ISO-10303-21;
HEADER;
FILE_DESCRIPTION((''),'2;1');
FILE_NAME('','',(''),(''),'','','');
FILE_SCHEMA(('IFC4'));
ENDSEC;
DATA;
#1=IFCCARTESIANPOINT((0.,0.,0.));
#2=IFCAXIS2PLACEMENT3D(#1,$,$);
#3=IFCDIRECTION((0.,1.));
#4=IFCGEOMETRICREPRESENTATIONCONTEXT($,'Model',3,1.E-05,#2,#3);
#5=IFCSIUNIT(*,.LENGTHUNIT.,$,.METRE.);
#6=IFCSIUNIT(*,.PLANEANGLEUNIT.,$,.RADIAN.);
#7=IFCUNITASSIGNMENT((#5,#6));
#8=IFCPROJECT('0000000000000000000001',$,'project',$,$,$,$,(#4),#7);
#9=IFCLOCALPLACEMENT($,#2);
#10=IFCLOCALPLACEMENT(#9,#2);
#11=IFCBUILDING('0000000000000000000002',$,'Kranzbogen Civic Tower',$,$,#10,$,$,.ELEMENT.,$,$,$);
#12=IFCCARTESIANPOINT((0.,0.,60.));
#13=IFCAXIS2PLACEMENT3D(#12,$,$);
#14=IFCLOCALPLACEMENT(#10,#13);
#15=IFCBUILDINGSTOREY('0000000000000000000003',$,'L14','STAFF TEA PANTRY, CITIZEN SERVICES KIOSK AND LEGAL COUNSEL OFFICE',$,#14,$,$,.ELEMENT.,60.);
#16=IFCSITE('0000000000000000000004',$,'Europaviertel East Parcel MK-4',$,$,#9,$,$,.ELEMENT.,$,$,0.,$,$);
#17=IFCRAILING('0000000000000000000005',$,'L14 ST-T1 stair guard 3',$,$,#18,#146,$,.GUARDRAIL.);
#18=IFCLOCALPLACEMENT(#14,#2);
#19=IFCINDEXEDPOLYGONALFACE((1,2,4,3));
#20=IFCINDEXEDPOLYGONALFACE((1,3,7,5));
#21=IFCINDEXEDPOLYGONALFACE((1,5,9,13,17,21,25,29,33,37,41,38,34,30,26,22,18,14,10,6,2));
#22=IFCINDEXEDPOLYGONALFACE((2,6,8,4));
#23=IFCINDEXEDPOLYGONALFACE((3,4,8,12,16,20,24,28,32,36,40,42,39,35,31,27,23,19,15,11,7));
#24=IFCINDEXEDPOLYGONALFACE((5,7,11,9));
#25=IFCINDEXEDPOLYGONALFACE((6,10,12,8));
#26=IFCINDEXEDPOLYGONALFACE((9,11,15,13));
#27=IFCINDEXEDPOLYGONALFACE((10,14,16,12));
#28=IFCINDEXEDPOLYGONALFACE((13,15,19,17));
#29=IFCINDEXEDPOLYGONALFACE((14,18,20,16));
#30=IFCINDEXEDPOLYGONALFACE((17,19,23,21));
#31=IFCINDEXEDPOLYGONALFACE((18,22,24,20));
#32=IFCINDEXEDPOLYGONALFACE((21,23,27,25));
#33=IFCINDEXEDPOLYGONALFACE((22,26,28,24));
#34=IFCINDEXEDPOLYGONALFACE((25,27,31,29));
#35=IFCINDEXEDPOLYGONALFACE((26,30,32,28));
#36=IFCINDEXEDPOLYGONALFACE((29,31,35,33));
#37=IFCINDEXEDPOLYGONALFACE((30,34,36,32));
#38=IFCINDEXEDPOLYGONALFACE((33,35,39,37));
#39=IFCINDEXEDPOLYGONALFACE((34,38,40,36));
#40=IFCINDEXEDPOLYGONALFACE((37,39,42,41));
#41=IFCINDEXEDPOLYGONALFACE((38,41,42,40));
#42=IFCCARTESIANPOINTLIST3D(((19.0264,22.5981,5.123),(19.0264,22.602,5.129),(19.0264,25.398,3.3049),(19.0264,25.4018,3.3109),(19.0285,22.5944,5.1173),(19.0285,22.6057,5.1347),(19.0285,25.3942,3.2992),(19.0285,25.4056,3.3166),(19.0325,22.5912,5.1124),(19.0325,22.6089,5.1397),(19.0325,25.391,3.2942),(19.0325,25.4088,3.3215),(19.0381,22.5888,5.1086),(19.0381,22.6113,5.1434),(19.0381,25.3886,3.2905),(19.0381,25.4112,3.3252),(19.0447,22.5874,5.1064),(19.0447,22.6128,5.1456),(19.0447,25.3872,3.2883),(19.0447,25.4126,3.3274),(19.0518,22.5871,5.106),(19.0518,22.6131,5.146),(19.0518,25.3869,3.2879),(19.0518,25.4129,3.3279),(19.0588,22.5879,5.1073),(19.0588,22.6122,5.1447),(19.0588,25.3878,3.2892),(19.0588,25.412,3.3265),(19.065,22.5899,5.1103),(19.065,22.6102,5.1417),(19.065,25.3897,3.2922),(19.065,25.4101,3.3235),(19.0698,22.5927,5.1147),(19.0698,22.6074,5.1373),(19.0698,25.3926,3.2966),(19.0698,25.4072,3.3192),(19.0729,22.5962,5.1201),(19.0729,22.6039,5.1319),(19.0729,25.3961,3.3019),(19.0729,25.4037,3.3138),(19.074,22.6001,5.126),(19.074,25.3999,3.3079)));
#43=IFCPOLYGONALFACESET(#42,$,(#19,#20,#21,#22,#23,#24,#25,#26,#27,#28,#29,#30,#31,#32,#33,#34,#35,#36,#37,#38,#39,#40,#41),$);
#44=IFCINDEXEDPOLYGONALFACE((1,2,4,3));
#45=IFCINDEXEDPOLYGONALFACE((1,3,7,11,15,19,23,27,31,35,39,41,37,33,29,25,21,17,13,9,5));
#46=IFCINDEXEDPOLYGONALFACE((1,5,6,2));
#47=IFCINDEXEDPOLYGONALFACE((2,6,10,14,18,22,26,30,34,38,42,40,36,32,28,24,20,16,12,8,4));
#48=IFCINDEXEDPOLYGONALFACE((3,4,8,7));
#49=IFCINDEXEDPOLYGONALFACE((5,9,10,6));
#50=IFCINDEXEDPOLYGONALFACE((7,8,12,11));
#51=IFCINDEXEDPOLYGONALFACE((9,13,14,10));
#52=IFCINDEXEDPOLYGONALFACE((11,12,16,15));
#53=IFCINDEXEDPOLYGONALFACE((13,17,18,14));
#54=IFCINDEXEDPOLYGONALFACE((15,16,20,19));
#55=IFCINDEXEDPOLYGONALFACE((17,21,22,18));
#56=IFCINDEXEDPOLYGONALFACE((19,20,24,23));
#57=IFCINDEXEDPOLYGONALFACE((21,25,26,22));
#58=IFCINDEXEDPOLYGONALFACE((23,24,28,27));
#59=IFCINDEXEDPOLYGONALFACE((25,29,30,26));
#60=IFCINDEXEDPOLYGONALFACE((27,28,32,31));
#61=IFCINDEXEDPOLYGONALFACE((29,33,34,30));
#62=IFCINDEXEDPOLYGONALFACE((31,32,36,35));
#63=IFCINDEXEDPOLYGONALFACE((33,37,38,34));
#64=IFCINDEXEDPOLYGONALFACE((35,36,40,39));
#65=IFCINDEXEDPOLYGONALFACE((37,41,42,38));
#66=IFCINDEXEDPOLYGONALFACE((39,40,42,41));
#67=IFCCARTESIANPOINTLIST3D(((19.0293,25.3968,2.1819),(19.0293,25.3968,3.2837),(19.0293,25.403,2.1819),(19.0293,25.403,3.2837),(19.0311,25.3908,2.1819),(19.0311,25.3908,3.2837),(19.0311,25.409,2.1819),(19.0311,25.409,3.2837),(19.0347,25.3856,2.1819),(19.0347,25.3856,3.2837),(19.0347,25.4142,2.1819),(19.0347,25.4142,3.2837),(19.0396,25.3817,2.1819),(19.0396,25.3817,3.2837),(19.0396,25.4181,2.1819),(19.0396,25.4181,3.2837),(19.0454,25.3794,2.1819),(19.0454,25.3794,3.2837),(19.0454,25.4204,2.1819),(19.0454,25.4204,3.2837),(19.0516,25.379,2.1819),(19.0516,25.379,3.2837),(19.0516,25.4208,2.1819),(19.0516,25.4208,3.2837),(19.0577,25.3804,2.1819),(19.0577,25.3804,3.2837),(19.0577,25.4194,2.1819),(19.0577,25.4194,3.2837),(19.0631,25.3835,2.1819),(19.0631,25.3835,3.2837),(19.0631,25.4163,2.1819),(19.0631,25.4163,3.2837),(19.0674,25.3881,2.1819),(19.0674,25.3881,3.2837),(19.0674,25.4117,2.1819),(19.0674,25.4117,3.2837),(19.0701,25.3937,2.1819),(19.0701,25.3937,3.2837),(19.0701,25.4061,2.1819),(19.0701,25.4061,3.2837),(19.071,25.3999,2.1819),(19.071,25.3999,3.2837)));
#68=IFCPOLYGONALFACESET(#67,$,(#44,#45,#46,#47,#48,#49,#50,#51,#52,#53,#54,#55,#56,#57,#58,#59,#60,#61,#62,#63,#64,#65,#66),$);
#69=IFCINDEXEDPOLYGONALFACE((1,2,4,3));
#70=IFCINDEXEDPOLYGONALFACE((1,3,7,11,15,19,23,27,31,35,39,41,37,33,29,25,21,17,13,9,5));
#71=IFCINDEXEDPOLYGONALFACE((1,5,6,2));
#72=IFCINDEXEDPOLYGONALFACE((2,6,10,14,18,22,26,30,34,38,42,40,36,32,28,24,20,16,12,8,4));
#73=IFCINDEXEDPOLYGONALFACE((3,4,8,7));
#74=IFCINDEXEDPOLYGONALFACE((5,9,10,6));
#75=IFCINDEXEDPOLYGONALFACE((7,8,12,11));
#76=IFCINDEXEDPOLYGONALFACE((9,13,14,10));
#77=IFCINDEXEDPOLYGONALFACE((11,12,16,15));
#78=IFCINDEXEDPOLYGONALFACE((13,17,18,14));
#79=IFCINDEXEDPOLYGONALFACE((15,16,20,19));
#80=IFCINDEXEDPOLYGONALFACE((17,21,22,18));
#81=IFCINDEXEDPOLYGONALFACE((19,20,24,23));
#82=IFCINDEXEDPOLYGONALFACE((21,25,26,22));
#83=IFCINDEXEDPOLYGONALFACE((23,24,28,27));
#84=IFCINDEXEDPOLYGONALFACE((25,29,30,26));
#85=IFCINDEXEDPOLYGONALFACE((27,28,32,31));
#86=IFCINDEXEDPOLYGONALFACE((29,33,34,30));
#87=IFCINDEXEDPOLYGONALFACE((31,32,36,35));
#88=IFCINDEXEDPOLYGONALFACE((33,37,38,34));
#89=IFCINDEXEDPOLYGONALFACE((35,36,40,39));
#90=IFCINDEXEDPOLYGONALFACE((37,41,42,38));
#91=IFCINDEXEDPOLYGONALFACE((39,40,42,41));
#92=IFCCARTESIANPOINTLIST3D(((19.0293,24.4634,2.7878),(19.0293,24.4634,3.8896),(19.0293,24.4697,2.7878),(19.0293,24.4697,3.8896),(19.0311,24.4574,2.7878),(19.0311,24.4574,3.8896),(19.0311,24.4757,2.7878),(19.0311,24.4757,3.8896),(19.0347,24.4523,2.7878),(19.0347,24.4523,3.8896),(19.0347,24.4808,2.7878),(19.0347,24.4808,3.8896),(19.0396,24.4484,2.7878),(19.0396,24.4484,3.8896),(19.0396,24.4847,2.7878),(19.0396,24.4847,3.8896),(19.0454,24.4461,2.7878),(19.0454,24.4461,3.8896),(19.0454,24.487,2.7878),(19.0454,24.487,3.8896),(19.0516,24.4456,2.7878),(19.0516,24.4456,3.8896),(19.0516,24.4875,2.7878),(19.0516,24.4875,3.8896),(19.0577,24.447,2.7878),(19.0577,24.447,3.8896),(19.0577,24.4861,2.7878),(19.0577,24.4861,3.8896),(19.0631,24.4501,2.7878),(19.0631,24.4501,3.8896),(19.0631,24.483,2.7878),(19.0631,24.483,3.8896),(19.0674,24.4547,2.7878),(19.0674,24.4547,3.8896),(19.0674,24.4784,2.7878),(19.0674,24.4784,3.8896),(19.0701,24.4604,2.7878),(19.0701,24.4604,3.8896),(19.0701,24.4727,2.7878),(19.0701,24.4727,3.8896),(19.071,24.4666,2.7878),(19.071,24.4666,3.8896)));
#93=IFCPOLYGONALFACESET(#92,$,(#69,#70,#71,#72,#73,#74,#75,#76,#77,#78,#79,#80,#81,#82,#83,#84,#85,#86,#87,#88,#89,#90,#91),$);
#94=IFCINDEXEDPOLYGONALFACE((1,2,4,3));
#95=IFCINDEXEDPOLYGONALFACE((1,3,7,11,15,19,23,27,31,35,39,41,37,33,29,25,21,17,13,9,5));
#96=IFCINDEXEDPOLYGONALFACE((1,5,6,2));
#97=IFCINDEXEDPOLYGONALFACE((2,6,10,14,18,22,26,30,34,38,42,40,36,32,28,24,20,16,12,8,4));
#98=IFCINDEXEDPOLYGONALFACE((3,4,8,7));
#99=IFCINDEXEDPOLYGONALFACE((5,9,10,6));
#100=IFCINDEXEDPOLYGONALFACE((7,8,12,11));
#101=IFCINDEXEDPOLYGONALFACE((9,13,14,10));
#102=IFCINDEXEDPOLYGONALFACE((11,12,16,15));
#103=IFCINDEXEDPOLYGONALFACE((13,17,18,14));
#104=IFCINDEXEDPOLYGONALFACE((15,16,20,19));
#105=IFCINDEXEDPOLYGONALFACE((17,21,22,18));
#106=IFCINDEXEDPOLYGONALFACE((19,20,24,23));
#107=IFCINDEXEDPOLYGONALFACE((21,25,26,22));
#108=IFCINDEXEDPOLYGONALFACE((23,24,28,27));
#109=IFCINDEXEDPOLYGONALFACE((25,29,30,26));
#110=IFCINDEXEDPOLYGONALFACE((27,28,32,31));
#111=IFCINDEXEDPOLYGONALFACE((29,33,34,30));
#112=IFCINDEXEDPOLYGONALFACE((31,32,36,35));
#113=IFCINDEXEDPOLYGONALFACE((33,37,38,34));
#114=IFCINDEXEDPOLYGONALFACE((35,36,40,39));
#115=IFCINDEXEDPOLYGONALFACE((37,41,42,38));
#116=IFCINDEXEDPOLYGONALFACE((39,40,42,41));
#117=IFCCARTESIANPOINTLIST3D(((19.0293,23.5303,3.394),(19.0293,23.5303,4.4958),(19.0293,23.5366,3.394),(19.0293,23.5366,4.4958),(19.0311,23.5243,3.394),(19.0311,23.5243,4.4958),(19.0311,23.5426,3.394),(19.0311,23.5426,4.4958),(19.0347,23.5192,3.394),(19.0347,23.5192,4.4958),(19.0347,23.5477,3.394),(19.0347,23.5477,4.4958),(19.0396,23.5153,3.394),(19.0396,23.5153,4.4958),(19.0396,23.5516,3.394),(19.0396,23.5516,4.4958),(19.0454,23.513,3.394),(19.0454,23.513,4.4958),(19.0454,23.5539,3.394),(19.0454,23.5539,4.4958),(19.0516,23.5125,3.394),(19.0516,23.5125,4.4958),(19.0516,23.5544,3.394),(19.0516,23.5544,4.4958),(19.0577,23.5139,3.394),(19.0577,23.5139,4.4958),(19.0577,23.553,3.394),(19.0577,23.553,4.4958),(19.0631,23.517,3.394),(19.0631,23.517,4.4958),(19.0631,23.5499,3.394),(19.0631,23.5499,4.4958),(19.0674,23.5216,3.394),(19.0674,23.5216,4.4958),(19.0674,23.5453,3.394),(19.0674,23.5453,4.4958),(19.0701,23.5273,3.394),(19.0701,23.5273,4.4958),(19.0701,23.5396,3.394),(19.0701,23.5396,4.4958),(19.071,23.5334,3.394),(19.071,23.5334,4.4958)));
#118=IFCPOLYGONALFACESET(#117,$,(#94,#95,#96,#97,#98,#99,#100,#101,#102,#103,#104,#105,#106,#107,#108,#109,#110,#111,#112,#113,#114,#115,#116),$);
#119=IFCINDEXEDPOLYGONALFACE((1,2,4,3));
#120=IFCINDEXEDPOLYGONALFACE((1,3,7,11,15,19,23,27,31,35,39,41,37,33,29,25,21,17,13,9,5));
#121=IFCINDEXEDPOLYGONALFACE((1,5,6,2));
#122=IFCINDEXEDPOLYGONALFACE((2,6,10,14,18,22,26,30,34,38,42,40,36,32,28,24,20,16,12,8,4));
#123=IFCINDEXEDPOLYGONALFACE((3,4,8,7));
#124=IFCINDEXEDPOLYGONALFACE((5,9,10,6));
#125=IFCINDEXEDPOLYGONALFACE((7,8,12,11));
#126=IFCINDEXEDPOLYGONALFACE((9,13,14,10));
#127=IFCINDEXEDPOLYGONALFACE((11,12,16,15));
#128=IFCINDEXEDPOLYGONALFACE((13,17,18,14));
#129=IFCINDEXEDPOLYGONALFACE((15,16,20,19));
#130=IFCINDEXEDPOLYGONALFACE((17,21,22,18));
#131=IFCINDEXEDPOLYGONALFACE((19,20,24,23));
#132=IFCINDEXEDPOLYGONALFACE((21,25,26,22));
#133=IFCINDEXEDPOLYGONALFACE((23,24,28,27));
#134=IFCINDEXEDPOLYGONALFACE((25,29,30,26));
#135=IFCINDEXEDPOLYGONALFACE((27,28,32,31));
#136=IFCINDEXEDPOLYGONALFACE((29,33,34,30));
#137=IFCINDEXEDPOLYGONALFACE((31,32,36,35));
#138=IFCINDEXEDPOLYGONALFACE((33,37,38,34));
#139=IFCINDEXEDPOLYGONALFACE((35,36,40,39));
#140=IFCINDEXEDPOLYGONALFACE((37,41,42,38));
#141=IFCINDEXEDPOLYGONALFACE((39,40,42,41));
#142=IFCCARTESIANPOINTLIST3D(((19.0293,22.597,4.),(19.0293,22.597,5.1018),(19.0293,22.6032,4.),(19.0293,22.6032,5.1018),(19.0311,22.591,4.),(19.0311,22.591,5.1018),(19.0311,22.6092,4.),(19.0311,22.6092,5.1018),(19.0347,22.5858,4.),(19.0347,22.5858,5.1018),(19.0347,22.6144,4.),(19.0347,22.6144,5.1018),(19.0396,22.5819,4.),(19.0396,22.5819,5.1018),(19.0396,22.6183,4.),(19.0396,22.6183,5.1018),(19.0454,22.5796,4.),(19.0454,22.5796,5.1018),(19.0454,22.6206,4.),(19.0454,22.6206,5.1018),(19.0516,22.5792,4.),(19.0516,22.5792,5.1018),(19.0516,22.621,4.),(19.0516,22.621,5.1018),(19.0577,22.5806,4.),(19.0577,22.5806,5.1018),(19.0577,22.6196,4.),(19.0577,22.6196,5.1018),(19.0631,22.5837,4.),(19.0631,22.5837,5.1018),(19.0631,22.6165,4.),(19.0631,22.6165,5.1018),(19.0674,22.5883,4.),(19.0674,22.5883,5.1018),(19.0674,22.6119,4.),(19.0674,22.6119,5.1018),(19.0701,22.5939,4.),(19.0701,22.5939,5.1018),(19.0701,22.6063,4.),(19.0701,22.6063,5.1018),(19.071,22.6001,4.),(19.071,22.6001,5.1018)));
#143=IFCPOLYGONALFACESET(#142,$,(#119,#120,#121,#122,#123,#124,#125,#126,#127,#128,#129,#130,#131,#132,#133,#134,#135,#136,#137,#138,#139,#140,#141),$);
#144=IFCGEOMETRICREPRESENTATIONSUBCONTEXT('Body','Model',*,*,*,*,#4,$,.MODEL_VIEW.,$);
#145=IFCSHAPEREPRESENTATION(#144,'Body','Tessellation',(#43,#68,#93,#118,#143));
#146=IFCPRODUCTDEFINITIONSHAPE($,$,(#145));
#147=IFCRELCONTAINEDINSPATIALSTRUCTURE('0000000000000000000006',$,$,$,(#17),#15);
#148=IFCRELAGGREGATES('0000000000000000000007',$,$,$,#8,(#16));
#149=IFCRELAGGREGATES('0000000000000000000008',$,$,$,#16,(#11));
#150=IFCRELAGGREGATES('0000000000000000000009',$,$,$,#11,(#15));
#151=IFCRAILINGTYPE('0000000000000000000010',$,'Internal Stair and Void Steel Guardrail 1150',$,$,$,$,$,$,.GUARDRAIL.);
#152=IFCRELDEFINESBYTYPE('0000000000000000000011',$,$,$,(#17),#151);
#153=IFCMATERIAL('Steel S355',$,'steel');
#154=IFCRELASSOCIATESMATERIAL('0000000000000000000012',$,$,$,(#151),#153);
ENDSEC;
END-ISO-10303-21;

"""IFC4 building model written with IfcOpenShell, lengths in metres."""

from ifc_helpers import new_model, si_unit, direction, frame, origin, origin_2d, place, context, subcontext, project, spatial, circle, extrude, material, type_object, element, save


model = new_model("IFC4")

# Units and contexts
model_context = context("Model", 3, precision=1e-05, world=origin(), true_north=direction((0.0, 1.0)))
body_context = subcontext(model_context, "Body", "Model", "MODEL_VIEW")
ifc_project = project(units=[si_unit("LENGTHUNIT", "METRE"), si_unit("PLANEANGLEUNIT", "RADIAN")], contexts=[model_context])

# Site, building, storey
site_placement = place(None, origin())
site = spatial("IfcSite", under=ifc_project, at=site_placement, Name="Europaviertel East Parcel MK-4", CompositionType="ELEMENT", RefElevation=0.0)
building_placement = place(site_placement, origin())
building = spatial("IfcBuilding", under=site, at=building_placement, Name="Kranzbogen Civic Tower", CompositionType="ELEMENT")
storey_placement = place(building_placement, frame((0.0, 0.0, 60.0)))
storey = spatial("IfcBuildingStorey", under=building, at=storey_placement, Name="L14", Description="STAFF TEA PANTRY, CITIZEN SERVICES KIOSK AND LEGAL COUNSEL OFFICE", CompositionType="ELEMENT", Elevation=60.0)

# Shared definitions
ifc_material_1 = material(Name="Steel S355", Category="steel")

# Railing
railing_type_1 = type_object("IfcRailingType", Name="Internal Stair and Void Steel Guardrail 1150", PredefinedType="GUARDRAIL", material=ifc_material_1)
railing_1_placement = place(storey_placement, frame((19.05, 25.3999, 2.1819)))
element("IfcRailing", 1, at=railing_1_placement, inside=storey, type_object=railing_type_1, Name="L14 ST-T1 stair guard 3", PredefinedType="GUARDRAIL", context=body_context, shape_type="SweptSolid", body=[
    extrude(circle(Radius=0.0239, at=origin_2d()), frame((0.0, 0.0, 1.126), z_axis=(0.0, -0.838684, 0.544618), x_axis=(1.0, 0.0, 0.0)), (0.0, 0.0, 1.0), 3.3384),
    extrude(circle(Radius=0.021, at=origin_2d()), origin(), (0.0, 0.0, 1.0), 1.1018),
    extrude(circle(Radius=0.021, at=origin_2d()), frame((0.0, -0.9333, 0.606)), (0.0, 0.0, 1.0), 1.1018),
    extrude(circle(Radius=0.021, at=origin_2d()), frame((0.0, -1.8665, 1.2122)), (0.0, 0.0, 1.0), 1.1018),
    extrude(circle(Radius=0.021, at=origin_2d()), frame((0.0, -2.7998, 1.8181)), (0.0, 0.0, 1.0), 1.1018),
])

save(model, "model.ifc")
